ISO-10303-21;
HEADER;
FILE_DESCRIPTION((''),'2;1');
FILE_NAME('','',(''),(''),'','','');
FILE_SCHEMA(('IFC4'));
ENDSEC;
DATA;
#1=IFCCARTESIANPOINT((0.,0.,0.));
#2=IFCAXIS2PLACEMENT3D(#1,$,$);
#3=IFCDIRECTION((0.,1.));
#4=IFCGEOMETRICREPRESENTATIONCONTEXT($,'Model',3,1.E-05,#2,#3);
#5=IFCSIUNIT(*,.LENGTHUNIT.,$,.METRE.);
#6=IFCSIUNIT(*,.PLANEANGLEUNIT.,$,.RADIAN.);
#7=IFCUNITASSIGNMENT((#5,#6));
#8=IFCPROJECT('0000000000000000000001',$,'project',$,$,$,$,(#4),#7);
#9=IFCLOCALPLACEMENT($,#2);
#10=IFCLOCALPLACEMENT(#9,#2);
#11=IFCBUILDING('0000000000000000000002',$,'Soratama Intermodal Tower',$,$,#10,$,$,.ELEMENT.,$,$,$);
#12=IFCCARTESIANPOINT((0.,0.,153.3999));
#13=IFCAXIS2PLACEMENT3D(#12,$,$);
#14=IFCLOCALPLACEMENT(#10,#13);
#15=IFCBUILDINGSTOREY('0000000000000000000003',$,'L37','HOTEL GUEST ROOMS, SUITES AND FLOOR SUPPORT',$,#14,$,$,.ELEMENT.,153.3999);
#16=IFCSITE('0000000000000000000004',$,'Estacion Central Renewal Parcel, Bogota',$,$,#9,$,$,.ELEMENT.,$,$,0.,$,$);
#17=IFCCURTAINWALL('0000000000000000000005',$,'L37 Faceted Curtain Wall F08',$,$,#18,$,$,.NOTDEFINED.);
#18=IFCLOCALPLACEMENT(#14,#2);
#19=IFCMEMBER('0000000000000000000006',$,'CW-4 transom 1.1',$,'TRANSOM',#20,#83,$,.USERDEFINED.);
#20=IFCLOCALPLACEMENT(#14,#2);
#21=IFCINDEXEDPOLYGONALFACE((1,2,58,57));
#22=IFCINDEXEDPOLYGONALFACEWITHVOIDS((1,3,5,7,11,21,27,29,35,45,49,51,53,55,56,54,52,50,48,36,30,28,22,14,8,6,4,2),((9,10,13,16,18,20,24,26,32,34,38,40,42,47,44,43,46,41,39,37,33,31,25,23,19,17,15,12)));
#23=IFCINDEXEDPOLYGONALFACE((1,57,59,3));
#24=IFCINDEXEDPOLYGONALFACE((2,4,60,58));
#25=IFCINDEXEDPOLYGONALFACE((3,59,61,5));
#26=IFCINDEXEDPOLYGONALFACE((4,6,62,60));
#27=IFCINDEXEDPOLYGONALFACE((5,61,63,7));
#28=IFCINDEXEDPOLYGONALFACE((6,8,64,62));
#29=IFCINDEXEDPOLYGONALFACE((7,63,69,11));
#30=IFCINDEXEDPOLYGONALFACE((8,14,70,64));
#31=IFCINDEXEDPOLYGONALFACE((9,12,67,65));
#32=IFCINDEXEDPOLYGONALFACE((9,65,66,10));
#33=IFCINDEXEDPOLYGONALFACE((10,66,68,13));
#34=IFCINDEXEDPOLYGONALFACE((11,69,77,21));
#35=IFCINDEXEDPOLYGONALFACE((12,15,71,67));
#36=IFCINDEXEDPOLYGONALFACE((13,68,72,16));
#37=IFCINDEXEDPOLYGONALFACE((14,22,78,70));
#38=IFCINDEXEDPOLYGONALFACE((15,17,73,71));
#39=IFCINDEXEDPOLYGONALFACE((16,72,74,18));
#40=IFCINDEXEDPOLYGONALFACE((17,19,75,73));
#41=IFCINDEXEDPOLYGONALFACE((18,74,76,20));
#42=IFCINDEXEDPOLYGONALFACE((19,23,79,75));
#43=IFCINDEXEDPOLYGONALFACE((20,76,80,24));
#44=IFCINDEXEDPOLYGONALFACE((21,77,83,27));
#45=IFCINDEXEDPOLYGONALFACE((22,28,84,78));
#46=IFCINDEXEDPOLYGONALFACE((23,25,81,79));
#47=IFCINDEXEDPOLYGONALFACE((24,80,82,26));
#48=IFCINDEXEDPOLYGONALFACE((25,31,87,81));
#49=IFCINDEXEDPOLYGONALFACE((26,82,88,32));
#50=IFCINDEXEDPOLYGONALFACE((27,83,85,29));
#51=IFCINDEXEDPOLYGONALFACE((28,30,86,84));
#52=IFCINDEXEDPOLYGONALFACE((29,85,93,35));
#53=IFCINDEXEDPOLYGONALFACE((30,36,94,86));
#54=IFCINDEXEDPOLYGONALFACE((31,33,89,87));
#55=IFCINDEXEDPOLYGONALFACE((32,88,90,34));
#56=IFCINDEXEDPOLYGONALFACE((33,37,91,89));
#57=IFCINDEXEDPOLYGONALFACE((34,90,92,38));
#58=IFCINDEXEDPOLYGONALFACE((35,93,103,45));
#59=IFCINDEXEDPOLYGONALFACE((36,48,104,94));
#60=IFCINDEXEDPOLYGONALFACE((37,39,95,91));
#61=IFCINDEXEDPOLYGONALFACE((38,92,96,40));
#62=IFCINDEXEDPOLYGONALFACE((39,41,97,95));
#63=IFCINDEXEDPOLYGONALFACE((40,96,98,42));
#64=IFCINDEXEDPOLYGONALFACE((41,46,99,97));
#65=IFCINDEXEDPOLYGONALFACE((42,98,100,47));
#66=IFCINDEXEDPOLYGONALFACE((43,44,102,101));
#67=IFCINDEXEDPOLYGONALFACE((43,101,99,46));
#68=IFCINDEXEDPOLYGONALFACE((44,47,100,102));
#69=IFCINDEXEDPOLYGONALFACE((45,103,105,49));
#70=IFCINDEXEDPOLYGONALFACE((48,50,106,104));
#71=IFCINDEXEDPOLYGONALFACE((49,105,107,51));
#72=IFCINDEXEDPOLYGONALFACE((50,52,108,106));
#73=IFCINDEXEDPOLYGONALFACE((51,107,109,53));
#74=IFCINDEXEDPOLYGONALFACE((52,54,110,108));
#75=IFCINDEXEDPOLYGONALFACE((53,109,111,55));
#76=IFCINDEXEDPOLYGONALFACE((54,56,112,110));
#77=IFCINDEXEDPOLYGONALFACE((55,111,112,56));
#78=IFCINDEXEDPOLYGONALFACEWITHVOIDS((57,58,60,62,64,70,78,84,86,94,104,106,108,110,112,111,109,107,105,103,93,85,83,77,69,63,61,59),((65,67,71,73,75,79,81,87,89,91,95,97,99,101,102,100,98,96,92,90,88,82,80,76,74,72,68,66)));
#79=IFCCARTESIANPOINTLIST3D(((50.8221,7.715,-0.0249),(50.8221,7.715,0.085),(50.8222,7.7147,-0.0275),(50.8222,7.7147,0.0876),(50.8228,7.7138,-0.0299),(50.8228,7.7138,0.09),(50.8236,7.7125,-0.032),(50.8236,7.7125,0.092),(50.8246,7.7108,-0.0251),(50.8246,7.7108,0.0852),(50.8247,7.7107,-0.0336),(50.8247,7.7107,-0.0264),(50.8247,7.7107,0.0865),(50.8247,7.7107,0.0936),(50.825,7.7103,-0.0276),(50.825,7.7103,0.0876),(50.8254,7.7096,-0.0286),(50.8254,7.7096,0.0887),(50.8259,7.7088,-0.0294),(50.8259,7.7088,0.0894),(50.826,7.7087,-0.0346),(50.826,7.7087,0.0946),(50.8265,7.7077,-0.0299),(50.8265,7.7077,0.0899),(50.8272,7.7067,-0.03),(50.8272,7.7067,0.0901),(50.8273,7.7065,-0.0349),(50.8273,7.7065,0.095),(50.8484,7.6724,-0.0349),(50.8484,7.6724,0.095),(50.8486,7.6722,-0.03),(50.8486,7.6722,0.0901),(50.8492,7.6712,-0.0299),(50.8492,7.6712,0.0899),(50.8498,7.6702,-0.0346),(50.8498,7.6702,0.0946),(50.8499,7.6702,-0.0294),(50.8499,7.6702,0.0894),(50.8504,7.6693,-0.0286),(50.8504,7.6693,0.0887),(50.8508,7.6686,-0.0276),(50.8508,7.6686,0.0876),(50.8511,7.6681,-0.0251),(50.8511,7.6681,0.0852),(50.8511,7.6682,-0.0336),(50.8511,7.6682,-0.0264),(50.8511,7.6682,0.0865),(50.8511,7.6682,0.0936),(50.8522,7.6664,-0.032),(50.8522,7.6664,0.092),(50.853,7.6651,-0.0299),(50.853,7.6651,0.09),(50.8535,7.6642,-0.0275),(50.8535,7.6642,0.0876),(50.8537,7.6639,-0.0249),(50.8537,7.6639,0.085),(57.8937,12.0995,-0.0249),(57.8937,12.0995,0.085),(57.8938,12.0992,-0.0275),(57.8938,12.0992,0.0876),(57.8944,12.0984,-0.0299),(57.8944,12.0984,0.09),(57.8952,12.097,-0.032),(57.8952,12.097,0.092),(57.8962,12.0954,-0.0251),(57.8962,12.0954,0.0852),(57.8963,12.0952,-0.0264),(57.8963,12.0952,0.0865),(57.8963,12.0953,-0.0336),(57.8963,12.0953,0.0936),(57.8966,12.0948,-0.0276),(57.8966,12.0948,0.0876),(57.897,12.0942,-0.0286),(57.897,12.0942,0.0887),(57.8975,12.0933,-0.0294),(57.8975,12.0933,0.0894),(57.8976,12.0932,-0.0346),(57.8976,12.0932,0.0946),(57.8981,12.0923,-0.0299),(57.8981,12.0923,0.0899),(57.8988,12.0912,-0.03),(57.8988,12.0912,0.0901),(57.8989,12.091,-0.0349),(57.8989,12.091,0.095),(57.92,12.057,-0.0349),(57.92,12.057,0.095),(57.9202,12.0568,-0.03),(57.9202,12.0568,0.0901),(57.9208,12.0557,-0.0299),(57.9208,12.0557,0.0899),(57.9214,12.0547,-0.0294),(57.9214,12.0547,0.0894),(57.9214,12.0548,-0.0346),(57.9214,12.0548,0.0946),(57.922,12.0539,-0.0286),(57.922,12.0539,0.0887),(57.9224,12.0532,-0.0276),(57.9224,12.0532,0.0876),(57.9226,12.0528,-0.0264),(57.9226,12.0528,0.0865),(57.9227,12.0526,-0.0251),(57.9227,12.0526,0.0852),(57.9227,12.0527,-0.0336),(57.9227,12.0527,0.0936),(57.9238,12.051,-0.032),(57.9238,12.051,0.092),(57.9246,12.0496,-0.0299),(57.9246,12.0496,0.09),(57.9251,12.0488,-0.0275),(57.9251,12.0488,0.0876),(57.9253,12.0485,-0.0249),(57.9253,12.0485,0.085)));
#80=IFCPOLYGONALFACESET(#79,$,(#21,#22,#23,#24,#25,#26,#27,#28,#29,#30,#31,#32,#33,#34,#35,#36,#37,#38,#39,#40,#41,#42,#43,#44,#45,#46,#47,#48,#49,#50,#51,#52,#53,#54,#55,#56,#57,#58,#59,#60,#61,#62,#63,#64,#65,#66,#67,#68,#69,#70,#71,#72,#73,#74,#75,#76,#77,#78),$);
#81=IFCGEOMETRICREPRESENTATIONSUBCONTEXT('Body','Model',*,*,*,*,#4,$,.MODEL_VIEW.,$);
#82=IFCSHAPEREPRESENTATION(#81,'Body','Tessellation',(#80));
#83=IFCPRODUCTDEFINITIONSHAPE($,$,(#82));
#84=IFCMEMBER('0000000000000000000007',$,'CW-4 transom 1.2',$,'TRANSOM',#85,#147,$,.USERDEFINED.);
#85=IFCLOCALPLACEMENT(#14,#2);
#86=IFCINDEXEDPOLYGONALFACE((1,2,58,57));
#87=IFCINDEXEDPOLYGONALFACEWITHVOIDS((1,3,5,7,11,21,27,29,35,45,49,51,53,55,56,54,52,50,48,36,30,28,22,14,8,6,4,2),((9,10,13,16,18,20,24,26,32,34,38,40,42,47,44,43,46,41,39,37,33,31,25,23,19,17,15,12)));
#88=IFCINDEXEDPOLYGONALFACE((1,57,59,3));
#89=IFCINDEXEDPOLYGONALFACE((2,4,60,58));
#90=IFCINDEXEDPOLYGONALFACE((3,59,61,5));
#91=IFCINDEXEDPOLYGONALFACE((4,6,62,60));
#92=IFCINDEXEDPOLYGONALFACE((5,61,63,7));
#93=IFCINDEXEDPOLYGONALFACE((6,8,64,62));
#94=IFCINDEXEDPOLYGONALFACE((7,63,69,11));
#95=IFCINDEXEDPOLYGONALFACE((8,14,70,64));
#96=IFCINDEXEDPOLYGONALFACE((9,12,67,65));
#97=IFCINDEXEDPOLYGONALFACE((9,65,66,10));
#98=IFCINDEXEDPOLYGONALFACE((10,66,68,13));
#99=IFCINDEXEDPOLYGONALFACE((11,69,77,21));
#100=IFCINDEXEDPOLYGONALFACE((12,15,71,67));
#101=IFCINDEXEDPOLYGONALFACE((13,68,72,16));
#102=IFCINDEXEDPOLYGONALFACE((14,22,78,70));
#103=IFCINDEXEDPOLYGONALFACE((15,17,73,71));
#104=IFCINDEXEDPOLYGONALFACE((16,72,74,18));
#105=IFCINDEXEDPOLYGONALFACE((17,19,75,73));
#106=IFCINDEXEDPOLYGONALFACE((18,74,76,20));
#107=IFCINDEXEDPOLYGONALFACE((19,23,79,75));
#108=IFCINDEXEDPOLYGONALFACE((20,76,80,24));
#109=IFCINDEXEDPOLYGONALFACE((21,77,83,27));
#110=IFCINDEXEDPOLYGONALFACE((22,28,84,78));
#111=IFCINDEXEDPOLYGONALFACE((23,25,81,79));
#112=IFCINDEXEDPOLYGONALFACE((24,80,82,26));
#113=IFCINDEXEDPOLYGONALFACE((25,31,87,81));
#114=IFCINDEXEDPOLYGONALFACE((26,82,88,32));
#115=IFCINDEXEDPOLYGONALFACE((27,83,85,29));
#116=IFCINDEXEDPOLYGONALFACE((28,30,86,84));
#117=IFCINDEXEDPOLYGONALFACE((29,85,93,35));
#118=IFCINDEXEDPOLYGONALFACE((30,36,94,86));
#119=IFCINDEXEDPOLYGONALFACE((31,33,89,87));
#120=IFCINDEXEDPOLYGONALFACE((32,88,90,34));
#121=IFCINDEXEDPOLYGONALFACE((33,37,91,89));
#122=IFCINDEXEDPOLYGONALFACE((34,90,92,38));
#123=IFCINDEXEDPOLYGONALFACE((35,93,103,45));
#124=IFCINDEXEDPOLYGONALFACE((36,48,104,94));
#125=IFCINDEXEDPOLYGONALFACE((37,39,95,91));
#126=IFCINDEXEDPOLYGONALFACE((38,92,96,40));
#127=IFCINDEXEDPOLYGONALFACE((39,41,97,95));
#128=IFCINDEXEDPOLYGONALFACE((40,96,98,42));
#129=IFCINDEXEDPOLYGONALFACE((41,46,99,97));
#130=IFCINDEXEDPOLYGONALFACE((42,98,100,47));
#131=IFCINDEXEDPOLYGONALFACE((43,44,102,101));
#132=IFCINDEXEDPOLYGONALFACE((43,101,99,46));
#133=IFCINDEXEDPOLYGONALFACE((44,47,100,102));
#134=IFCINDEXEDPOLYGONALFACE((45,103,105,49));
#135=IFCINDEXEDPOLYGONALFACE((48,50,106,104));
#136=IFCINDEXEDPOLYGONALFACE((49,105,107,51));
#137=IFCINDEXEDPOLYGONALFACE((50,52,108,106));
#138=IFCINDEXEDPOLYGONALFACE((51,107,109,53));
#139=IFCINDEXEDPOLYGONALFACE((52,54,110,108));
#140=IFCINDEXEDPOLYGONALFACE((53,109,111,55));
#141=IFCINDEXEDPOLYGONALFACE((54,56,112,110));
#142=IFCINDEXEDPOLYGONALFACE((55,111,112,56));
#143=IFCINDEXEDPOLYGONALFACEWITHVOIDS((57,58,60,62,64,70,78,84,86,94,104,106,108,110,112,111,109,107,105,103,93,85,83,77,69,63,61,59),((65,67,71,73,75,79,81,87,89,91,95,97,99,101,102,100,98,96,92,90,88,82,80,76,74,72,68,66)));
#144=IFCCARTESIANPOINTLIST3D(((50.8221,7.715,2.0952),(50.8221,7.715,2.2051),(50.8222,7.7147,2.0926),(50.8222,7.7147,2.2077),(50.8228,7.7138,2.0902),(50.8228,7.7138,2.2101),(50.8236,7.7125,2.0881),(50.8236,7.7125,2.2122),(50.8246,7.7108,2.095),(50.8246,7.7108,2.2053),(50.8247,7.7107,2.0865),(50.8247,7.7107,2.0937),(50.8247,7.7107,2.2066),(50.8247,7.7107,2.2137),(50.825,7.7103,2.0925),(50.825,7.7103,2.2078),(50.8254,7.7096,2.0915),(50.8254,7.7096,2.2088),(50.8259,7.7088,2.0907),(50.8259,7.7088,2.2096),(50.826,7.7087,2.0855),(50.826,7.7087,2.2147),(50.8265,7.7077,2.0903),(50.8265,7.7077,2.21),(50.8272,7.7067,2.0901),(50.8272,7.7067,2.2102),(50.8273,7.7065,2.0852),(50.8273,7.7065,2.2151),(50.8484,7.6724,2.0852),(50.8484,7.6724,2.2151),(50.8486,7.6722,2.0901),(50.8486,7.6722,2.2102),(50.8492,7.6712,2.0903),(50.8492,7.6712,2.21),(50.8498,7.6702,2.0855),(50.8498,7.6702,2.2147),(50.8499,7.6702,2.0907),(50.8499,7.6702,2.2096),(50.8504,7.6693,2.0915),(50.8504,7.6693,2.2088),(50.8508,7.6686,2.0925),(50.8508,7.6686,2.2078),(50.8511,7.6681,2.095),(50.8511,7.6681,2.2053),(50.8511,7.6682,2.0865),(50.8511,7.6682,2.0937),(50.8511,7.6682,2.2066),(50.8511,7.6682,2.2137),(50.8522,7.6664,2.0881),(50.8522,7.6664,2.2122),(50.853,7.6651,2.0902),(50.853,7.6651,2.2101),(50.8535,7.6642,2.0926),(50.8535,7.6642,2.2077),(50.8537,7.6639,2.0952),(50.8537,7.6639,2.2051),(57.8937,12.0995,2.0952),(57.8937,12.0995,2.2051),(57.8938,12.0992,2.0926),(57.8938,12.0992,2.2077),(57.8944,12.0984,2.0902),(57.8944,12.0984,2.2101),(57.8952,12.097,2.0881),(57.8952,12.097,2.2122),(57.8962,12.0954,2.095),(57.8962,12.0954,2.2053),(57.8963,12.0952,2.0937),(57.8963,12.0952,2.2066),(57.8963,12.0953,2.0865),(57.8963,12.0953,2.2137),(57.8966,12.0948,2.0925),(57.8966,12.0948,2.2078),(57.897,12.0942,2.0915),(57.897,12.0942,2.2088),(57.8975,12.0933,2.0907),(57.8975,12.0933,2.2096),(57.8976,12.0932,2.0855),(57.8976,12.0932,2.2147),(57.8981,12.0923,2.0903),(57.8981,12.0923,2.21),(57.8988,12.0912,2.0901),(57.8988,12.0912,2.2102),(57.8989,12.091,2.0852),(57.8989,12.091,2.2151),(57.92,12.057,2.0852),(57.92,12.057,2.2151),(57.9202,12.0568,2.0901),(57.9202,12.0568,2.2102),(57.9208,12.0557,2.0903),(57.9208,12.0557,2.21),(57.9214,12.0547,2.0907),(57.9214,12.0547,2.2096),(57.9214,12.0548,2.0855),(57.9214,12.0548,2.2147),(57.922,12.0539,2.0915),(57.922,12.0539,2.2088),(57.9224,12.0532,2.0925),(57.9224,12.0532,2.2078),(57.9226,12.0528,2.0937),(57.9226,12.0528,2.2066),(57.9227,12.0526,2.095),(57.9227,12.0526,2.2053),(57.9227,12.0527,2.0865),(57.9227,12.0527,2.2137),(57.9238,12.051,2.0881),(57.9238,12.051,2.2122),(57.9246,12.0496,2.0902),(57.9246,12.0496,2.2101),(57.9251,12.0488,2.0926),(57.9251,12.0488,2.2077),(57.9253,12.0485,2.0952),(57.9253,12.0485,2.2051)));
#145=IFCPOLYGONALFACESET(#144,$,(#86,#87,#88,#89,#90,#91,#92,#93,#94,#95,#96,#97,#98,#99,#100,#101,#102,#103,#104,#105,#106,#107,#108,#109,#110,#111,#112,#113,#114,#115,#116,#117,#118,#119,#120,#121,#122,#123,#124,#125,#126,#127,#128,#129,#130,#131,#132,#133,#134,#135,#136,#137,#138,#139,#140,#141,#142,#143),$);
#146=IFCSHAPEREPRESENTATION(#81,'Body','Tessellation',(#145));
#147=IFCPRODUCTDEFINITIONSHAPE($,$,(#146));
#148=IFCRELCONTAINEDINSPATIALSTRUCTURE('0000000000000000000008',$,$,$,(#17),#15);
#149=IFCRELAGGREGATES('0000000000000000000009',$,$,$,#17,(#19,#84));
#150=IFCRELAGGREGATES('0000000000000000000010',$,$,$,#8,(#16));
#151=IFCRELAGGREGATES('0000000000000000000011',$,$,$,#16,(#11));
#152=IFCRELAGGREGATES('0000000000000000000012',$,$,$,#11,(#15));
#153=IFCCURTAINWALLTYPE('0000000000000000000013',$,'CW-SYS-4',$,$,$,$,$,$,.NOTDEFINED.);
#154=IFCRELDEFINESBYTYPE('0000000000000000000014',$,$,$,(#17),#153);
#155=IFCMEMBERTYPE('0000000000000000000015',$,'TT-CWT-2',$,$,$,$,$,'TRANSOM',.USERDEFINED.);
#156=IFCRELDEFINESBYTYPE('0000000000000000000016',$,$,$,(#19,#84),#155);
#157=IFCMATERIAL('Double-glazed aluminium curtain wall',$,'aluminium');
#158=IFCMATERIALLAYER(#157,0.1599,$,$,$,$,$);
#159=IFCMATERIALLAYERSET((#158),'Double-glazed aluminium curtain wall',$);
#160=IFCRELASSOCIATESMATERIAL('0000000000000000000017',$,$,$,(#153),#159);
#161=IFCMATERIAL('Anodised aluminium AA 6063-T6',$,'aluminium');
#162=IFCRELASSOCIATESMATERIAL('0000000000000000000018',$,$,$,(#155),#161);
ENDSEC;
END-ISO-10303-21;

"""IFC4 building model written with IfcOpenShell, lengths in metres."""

from ifc_helpers import new_model, si_unit, direction, frame, origin, origin_2d, place, context, subcontext, project, spatial, hollow_rectangle, extrude, material, layer, layer_set, material_profile, profile_set, type_object, element, aggregate, save


model = new_model("IFC4")

# Units and contexts
model_context = context("Model", 3, precision=1e-05, world=origin(), true_north=direction((0.0, 1.0)))
body_context = subcontext(model_context, "Body", "Model", "MODEL_VIEW")
ifc_project = project(units=[si_unit("LENGTHUNIT", "METRE"), si_unit("PLANEANGLEUNIT", "RADIAN")], contexts=[model_context])

# Site, building, storey
site_placement = place(None, origin())
site = spatial("IfcSite", under=ifc_project, at=site_placement, Name="Estacion Central Renewal Parcel, Bogota", CompositionType="ELEMENT", RefElevation=0.0)
building_placement = place(site_placement, origin())
building = spatial("IfcBuilding", under=site, at=building_placement, Name="Soratama Intermodal Tower", CompositionType="ELEMENT")
storey_placement = place(building_placement, frame((0.0, 0.0, 153.3999)))
storey = spatial("IfcBuildingStorey", under=building, at=storey_placement, Name="L37", Description="HOTEL GUEST ROOMS, SUITES AND FLOOR SUPPORT", CompositionType="ELEMENT", Elevation=153.3999)

# Curtain wall, members
ifc_material_1 = material(Name="Double-glazed aluminium curtain wall", Category="aluminium")
ifc_layer_1 = layer(ifc_material_1, 0.1599)
ifc_layer_set_1 = layer_set([ifc_layer_1], Name="Double-glazed aluminium curtain wall")
curtain_wall_type = type_object("IfcCurtainWallType", Name="CW-SYS-4", PredefinedType="NOTDEFINED", material=ifc_layer_set_1)
curtain_wall_placement = place(storey_placement, origin())
curtain_wall = element("IfcCurtainWall", 1, at=curtain_wall_placement, inside=storey, type_object=curtain_wall_type, Name="L37 Faceted Curtain Wall F08", PredefinedType="NOTDEFINED")
ifc_material_2 = material(Name="Anodised aluminium AA 6063-T6", Category="aluminium")
ifc_material_profile_1 = material_profile(ifc_material_2, hollow_rectangle(XDim=0.0601, YDim=0.1299, WallThickness=0.0049, InnerFilletRadius=0.0049, OuterFilletRadius=0.01, at=origin_2d()), Name="CWT130X60X5")
ifc_profile_set_1 = profile_set([ifc_material_profile_1], Name="Anodised aluminium AA 6063-T6")
member_type_1 = type_object("IfcMemberType", Name="TT-CWT-2", ElementType="TRANSOM", PredefinedType="USERDEFINED", material=ifc_profile_set_1)
member_1_placement = place(storey_placement, frame((50.8379, 7.6895, 0.03), z_axis=(0.849893, 0.526955, 0.0), x_axis=(-0.526955, 0.849893, 0.0)))
member_1 = element("IfcMember", 2, at=member_1_placement, type_object=member_type_1, Name="CW-4 transom 1.1", ObjectType="TRANSOM", PredefinedType="USERDEFINED", context=body_context, shape_type="SweptSolid", body=[
    extrude(hollow_rectangle(XDim=0.0601, YDim=0.1299, WallThickness=0.0049, InnerFilletRadius=0.0049, OuterFilletRadius=0.01, at=origin_2d()), origin(), (0.0, 0.0, 1.0), 8.3206),
])
member_2_placement = place(storey_placement, frame((50.8379, 7.6895, 2.1501), z_axis=(0.849893, 0.526955, 0.0), x_axis=(-0.526955, 0.849893, 0.0)))
member_2 = element("IfcMember", 3, at=member_2_placement, type_object=member_type_1, Name="CW-4 transom 1.2", ObjectType="TRANSOM", PredefinedType="USERDEFINED", context=body_context, shape_type="SweptSolid", body=[
    extrude(hollow_rectangle(XDim=0.0601, YDim=0.1299, WallThickness=0.0049, InnerFilletRadius=0.0049, OuterFilletRadius=0.01, at=origin_2d()), origin(), (0.0, 0.0, 1.0), 8.3206),
])
aggregate(curtain_wall, [member_1, member_2])

save(model, "model.ifc")
